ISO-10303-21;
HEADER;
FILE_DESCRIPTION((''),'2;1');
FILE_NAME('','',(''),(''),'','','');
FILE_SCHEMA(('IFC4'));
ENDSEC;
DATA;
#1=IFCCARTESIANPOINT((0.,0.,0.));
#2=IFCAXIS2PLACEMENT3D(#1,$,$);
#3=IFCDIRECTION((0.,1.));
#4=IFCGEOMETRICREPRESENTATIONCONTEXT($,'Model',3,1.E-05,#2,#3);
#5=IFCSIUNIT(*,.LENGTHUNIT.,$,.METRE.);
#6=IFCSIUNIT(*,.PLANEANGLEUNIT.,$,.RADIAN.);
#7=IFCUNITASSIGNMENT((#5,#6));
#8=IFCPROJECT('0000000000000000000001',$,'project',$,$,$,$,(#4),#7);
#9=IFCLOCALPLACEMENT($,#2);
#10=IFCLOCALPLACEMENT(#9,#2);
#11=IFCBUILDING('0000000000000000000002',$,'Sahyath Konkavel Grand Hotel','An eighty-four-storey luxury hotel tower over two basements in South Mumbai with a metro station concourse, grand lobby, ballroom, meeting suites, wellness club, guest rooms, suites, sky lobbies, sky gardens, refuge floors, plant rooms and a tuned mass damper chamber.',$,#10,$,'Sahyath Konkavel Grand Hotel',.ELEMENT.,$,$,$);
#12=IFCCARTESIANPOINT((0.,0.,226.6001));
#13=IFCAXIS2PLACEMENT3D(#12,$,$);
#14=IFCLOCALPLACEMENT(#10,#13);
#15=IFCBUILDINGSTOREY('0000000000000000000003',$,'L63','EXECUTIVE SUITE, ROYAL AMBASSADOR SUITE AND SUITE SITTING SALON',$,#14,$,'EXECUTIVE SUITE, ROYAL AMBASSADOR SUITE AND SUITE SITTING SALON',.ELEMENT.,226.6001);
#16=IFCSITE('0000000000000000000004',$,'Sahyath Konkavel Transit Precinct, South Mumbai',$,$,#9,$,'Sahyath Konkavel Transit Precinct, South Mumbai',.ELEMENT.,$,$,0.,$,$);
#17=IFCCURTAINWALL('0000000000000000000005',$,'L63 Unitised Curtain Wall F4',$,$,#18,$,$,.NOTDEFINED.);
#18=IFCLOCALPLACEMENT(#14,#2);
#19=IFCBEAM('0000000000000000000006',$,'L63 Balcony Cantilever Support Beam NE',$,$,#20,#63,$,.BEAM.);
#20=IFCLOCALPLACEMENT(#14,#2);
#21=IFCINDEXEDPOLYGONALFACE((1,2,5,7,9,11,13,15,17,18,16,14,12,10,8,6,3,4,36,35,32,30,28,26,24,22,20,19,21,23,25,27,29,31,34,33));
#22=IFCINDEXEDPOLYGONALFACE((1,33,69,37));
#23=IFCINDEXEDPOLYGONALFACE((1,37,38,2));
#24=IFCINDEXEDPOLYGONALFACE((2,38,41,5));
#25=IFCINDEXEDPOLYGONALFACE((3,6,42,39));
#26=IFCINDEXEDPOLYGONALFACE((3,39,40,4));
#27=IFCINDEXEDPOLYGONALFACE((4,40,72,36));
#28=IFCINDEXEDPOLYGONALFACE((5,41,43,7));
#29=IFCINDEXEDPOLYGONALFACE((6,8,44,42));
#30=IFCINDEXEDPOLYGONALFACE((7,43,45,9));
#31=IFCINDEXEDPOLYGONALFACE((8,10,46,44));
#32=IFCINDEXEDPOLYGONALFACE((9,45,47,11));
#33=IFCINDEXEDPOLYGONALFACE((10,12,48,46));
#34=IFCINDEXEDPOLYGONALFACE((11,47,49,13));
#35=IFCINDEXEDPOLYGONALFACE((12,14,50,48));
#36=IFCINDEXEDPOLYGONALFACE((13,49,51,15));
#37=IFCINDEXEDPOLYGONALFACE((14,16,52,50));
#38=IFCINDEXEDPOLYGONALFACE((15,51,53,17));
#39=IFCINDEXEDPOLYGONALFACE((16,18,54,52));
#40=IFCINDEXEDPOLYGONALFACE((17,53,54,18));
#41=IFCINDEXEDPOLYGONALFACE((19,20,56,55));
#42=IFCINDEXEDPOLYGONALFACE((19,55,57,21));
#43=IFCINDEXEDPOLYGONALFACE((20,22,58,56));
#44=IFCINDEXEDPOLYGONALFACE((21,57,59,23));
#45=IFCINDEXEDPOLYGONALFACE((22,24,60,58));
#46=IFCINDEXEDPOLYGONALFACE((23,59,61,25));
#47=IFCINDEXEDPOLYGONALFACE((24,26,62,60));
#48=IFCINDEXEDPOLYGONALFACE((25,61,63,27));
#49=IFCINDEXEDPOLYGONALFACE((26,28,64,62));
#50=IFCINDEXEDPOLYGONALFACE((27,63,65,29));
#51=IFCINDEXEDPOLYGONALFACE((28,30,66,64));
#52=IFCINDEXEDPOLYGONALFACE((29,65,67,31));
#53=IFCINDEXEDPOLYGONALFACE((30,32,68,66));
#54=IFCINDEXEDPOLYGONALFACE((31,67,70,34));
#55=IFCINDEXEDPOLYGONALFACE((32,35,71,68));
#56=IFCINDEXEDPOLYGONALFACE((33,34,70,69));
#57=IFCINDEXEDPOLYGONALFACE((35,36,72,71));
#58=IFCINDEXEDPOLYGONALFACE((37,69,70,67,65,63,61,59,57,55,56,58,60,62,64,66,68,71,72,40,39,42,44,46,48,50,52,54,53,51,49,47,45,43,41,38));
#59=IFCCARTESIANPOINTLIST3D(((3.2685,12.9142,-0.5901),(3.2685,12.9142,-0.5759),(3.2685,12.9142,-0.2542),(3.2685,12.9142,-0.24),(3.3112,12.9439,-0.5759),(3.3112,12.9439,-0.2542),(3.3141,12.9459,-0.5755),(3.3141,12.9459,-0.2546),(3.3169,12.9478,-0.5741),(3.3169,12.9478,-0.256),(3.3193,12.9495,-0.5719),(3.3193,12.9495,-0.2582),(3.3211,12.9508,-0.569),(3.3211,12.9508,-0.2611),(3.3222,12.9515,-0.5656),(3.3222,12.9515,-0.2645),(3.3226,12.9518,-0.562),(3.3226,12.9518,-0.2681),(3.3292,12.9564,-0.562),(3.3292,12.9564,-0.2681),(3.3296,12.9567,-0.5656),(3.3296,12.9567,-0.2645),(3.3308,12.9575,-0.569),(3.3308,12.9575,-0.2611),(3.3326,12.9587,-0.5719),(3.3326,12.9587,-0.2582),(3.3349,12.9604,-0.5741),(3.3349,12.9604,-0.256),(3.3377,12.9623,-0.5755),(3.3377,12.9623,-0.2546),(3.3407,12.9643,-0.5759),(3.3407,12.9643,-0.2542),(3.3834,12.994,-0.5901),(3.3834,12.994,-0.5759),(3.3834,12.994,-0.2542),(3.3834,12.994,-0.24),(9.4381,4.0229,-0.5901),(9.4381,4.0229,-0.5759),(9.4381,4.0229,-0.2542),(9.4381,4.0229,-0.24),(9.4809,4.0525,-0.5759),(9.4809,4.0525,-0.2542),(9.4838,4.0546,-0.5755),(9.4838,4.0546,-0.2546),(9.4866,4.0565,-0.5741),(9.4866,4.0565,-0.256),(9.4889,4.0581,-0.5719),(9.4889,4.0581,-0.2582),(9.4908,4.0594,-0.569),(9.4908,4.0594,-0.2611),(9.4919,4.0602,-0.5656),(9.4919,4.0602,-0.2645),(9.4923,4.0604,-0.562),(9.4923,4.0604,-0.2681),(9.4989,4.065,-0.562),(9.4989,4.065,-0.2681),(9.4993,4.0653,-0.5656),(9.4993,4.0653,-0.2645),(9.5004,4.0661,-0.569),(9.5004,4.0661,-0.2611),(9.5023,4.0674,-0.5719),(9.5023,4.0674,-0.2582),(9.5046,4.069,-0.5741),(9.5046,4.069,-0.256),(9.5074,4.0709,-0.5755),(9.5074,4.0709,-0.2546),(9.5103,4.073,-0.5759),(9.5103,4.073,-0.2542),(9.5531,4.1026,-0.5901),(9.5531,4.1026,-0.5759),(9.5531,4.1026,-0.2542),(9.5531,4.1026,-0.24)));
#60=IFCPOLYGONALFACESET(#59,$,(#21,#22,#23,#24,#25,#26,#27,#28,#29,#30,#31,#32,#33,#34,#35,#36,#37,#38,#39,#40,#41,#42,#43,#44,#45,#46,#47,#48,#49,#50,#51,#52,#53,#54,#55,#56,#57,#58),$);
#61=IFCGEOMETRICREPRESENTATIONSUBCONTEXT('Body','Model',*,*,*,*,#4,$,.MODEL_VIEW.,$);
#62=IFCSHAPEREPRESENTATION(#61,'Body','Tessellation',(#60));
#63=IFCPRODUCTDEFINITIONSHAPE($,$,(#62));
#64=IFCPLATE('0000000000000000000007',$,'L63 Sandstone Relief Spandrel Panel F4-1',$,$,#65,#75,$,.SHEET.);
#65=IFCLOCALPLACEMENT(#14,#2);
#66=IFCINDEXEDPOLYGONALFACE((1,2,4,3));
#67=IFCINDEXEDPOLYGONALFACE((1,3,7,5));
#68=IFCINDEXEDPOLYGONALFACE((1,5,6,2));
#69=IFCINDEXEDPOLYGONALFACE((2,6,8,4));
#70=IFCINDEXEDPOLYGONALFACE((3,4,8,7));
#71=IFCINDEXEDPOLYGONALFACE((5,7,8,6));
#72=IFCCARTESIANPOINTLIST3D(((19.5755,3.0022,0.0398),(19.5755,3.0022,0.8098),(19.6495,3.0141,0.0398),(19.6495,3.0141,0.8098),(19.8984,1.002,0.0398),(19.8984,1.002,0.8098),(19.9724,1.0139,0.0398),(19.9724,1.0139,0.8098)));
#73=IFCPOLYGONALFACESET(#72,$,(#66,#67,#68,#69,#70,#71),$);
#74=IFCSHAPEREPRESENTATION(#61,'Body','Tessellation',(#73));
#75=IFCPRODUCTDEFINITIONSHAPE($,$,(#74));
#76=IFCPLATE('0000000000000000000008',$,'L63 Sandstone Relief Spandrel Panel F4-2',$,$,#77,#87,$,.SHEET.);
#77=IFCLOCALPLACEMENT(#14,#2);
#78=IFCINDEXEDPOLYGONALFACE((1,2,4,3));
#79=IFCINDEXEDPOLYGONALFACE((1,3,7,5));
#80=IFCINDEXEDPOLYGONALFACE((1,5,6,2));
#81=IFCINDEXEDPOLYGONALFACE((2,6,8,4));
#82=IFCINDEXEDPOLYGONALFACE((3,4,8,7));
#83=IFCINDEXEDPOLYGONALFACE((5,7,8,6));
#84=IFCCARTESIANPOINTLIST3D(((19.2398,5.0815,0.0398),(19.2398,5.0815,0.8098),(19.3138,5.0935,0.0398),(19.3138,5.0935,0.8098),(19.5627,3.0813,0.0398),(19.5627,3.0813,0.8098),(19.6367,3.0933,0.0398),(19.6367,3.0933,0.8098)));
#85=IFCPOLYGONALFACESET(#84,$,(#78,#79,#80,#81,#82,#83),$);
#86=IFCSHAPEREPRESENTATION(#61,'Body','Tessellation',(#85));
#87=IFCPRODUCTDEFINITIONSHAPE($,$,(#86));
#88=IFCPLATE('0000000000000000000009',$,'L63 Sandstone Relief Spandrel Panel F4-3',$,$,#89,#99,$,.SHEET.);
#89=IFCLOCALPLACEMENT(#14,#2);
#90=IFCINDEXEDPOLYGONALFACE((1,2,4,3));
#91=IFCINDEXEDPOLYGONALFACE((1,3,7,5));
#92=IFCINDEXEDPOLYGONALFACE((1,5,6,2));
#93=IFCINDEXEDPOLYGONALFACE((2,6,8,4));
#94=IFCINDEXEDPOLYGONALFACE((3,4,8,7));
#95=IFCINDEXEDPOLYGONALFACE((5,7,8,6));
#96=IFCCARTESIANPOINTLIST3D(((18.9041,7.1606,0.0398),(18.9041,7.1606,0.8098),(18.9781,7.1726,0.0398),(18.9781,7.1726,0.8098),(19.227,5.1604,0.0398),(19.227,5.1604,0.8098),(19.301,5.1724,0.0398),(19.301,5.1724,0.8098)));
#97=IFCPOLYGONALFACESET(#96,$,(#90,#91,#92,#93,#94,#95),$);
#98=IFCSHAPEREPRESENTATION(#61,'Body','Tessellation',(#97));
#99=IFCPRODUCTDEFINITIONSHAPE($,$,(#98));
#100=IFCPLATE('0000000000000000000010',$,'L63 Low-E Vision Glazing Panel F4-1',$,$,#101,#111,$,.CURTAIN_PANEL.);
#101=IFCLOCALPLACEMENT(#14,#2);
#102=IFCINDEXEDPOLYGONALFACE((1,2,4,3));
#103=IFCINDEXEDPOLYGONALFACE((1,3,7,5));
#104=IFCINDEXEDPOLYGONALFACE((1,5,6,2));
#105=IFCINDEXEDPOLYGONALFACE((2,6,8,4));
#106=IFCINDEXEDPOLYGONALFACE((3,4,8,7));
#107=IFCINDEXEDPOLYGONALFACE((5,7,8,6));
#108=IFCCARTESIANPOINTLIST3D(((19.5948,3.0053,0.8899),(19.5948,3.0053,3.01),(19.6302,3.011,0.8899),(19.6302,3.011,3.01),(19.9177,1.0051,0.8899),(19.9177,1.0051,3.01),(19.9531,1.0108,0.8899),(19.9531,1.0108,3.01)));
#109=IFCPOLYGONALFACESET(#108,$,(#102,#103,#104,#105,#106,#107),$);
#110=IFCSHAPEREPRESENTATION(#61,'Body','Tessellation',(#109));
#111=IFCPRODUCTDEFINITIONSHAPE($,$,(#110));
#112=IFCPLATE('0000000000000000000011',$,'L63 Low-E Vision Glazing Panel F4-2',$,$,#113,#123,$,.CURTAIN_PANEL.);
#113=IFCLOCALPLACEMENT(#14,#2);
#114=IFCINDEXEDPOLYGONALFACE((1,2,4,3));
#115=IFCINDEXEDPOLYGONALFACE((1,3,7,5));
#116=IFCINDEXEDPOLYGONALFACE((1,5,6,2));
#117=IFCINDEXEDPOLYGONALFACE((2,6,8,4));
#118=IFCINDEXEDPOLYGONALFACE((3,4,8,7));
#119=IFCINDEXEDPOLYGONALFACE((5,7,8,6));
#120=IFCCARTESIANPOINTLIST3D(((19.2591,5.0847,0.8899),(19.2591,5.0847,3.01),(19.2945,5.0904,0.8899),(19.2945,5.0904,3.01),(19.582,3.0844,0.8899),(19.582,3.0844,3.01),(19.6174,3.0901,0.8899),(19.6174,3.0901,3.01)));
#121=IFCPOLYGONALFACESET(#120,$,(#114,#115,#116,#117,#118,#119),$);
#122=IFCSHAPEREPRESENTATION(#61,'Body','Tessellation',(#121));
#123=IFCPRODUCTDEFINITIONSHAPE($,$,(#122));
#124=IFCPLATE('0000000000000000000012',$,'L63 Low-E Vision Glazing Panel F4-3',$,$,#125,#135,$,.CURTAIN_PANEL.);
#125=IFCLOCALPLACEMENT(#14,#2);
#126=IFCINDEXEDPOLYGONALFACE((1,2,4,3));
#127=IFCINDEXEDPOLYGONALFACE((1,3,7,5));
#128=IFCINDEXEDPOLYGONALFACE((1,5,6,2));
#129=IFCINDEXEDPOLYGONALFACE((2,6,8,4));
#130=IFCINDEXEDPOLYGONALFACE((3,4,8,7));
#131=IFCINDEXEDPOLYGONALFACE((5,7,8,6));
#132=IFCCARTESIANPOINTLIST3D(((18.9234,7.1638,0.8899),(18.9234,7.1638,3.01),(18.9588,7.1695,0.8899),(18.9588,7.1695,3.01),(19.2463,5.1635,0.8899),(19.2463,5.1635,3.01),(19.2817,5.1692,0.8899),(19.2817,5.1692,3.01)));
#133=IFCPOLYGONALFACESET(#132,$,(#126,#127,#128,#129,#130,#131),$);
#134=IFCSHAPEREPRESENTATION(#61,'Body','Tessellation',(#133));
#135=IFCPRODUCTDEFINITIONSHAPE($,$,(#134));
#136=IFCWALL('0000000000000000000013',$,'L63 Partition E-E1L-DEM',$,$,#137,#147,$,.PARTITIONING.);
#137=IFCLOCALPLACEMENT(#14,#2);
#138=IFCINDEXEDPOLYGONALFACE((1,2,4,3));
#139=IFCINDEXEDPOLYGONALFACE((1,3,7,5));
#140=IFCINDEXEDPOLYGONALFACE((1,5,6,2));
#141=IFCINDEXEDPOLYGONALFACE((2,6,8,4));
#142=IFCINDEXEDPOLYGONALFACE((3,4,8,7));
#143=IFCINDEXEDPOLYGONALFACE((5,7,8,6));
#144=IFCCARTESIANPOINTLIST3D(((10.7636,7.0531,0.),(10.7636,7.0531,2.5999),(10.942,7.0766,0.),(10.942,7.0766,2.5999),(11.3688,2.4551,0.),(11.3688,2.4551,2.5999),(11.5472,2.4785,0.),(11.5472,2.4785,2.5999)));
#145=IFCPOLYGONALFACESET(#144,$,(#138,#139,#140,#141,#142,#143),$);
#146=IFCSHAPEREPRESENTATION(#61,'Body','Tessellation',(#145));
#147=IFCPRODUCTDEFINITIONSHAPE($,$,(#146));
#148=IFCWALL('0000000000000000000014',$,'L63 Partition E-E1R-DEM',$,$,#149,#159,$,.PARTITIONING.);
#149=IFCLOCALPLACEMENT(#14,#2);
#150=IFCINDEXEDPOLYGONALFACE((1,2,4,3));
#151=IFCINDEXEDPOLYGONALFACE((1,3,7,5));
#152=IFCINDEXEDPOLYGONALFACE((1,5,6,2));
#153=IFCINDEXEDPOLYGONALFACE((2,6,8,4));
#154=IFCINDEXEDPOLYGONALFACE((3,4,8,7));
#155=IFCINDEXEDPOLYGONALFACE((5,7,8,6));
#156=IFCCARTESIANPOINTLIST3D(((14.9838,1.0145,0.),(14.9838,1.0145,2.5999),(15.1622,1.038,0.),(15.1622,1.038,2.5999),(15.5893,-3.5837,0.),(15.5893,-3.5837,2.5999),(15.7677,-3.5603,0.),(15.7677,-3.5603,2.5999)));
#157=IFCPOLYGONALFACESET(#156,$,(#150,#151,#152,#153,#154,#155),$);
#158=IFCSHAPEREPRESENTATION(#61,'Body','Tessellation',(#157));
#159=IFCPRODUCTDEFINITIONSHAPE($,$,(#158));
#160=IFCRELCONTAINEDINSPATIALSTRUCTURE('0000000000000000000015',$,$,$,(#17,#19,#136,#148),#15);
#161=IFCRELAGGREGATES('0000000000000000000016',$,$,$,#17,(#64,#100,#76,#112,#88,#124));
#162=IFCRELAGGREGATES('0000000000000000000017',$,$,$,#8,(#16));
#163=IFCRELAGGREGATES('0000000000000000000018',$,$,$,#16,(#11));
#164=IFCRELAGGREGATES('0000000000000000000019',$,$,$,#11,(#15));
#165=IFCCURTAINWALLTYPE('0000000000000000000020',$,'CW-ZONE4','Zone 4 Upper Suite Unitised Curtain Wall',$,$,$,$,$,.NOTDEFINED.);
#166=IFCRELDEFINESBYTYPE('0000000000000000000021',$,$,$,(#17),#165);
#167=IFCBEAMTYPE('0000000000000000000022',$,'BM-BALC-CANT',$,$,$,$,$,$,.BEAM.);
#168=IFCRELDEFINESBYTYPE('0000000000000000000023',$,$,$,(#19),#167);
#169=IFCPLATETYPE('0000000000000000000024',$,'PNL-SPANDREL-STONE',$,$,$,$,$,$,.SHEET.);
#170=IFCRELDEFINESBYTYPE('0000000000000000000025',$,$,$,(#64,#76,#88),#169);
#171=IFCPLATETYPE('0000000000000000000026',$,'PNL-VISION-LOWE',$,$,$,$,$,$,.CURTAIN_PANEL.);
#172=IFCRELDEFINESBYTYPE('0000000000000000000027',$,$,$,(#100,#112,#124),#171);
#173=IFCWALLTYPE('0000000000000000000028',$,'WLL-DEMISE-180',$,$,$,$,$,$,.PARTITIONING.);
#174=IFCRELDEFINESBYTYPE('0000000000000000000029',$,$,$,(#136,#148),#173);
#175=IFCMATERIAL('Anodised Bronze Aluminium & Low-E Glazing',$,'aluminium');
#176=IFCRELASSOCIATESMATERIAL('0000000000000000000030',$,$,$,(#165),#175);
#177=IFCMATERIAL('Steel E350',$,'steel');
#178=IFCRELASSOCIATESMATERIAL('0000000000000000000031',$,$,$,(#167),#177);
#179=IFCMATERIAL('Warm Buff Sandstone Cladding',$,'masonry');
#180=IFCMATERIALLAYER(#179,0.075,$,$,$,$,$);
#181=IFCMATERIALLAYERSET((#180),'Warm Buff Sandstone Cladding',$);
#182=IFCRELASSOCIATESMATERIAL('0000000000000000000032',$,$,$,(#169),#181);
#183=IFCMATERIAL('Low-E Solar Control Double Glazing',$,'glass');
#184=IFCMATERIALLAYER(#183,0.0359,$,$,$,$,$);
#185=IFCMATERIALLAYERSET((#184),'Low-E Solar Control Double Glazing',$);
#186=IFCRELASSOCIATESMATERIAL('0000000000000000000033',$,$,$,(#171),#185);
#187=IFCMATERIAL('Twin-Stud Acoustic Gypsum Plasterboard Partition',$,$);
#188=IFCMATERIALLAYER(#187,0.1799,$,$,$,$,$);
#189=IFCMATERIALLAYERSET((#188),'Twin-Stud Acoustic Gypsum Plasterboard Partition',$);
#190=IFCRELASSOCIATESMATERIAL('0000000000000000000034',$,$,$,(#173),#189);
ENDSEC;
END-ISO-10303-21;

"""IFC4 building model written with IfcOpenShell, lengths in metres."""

from ifc_helpers import new_model, si_unit, direction, frame, frame_2d, origin, origin_2d, place, context, subcontext, project, spatial, rectangle, i_section, extrude, source, transform, mapped, material, layer, layer_set, material_profile, profile_set, type_object, element, aggregate, save


model = new_model("IFC4")

# Units and contexts
model_context = context("Model", 3, precision=1e-05, world=origin(), true_north=direction((0.0, 1.0)))
body_context = subcontext(model_context, "Body", "Model", "MODEL_VIEW")
ifc_project = project(units=[si_unit("LENGTHUNIT", "METRE"), si_unit("PLANEANGLEUNIT", "RADIAN")], contexts=[model_context])

# Site, building, storey
site_placement = place(None, origin())
site = spatial("IfcSite", under=ifc_project, at=site_placement, Name="Sahyath Konkavel Transit Precinct, South Mumbai", LongName="Sahyath Konkavel Transit Precinct, South Mumbai", CompositionType="ELEMENT", RefElevation=0.0)
building_placement = place(site_placement, origin())
building = spatial("IfcBuilding", under=site, at=building_placement, Name="Sahyath Konkavel Grand Hotel", Description="An eighty-four-storey luxury hotel tower over two basements in South Mumbai with a metro station concourse, grand lobby, ballroom, meeting suites, wellness club, guest rooms, suites, sky lobbies, sky gardens, refuge floors, plant rooms and a tuned mass damper chamber.", LongName="Sahyath Konkavel Grand Hotel", CompositionType="ELEMENT")
storey_placement = place(building_placement, frame((0.0, 0.0, 226.6001)))
storey = spatial("IfcBuildingStorey", under=building, at=storey_placement, Name="L63", Description="EXECUTIVE SUITE, ROYAL AMBASSADOR SUITE AND SUITE SITTING SALON", LongName="EXECUTIVE SUITE, ROYAL AMBASSADOR SUITE AND SUITE SITTING SALON", CompositionType="ELEMENT", Elevation=226.6001)

# Curtain wall
ifc_material_1 = material(Name="Anodised Bronze Aluminium & Low-E Glazing", Category="aluminium")
curtain_wall_type = type_object("IfcCurtainWallType", Name="CW-ZONE4", Description="Zone 4 Upper Suite Unitised Curtain Wall", PredefinedType="NOTDEFINED", material=ifc_material_1)
curtain_wall_1_placement = place(storey_placement, origin())
curtain_wall_1 = element("IfcCurtainWall", 1, at=curtain_wall_1_placement, inside=storey, type_object=curtain_wall_type, Name="L63 Unitised Curtain Wall F4", PredefinedType="NOTDEFINED")

# Beam
ifc_material_2 = material(Name="Steel E350", Category="steel")
ifc_material_profile_1 = material_profile(ifc_material_2, i_section(OverallWidth=0.1399, OverallDepth=0.3501, WebThickness=0.0081, FlangeThickness=0.0142, FilletRadius=0.0139, at=origin_2d()), Name="ISMB 350")
ifc_profile_set_1 = profile_set([ifc_material_profile_1], Name="Steel E350")
beam_type = type_object("IfcBeamType", Name="BM-BALC-CANT", PredefinedType="BEAM", material=ifc_profile_set_1)
shared_shape_1 = source(origin(), body_context, "Body", "SweptSolid", [
    extrude(i_section(OverallWidth=0.1399, OverallDepth=0.3501, WebThickness=0.0081, FlangeThickness=0.0142, FilletRadius=0.0139, at=origin_2d()), origin(), (0.0, 0.0, 1.0), 10.8223),
])
beam_placement = place(storey_placement, frame((9.4956, 4.0627, -0.415), z_axis=(-0.570092, 0.821581, 0.0), x_axis=(-0.821581, -0.570092, 0.0)))
element("IfcBeam", 2, at=beam_placement, inside=storey, type_object=beam_type, Name="L63 Balcony Cantilever Support Beam NE", PredefinedType="BEAM", context=body_context, shape_type="MappedRepresentation", body=[
    mapped(shared_shape_1, transform((0.0, 0.0, 0.0), scale=1.0)),
])

# Plates
ifc_material_3 = material(Name="Warm Buff Sandstone Cladding", Category="masonry")
ifc_layer_1 = layer(ifc_material_3, 0.075)
ifc_layer_set_1 = layer_set([ifc_layer_1], Name="Warm Buff Sandstone Cladding")
plate_type_1 = type_object("IfcPlateType", Name="PNL-SPANDREL-STONE", PredefinedType="SHEET", material=ifc_layer_set_1)
shared_shape_2 = source(origin(), body_context, "Body", "SweptSolid", [
    extrude(rectangle(XDim=2.0261, YDim=0.075, at=origin_2d()), origin(), (0.0, 0.0, 1.0), 0.77),
])
plate_1_placement = place(storey_placement, frame((19.7739, 2.0081, 0.0398), z_axis=(0.0, 0.0, 1.0), x_axis=(-0.159364, 0.98722, 0.0)))
plate_1 = element("IfcPlate", 3, at=plate_1_placement, type_object=plate_type_1, Name="L63 Sandstone Relief Spandrel Panel F4-1", PredefinedType="SHEET", context=body_context, shape_type="MappedRepresentation", body=[
    mapped(shared_shape_2, transform((0.0, 0.0, 0.0), scale=1.0)),
])
plate_2_placement = place(storey_placement, frame((19.4382, 4.0874, 0.0398), z_axis=(0.0, 0.0, 1.0), x_axis=(-0.159364, 0.98722, 0.0)))
plate_2 = element("IfcPlate", 4, at=plate_2_placement, type_object=plate_type_1, Name="L63 Sandstone Relief Spandrel Panel F4-2", PredefinedType="SHEET", context=body_context, shape_type="MappedRepresentation", body=[
    mapped(shared_shape_2, transform((0.0, 0.0, 0.0), scale=1.0)),
])
plate_3_placement = place(storey_placement, frame((19.1025, 6.1665, 0.0398), z_axis=(0.0, 0.0, 1.0), x_axis=(-0.159364, 0.98722, 0.0)))
plate_3 = element("IfcPlate", 5, at=plate_3_placement, type_object=plate_type_1, Name="L63 Sandstone Relief Spandrel Panel F4-3", PredefinedType="SHEET", context=body_context, shape_type="MappedRepresentation", body=[
    mapped(shared_shape_2, transform((0.0, 0.0, 0.0), scale=1.0)),
])
ifc_material_4 = material(Name="Low-E Solar Control Double Glazing", Category="glass")
ifc_layer_2 = layer(ifc_material_4, 0.0359)
ifc_layer_set_2 = layer_set([ifc_layer_2], Name="Low-E Solar Control Double Glazing")
plate_type_2 = type_object("IfcPlateType", Name="PNL-VISION-LOWE", PredefinedType="CURTAIN_PANEL", material=ifc_layer_set_2)
shared_shape_3 = source(origin(), body_context, "Body", "SweptSolid", [
    extrude(rectangle(XDim=2.0261, YDim=0.0359, at=origin_2d()), origin(), (0.0, 0.0, 1.0), 2.1201),
])
plate_4_placement = place(storey_placement, frame((19.7739, 2.0081, 0.8899), z_axis=(0.0, 0.0, 1.0), x_axis=(-0.159364, 0.98722, 0.0)))
plate_4 = element("IfcPlate", 6, at=plate_4_placement, type_object=plate_type_2, Name="L63 Low-E Vision Glazing Panel F4-1", PredefinedType="CURTAIN_PANEL", context=body_context, shape_type="MappedRepresentation", body=[
    mapped(shared_shape_3, transform((0.0, 0.0, 0.0), scale=1.0)),
])
plate_5_placement = place(storey_placement, frame((19.4382, 4.0874, 0.8899), z_axis=(0.0, 0.0, 1.0), x_axis=(-0.159364, 0.98722, 0.0)))
plate_5 = element("IfcPlate", 7, at=plate_5_placement, type_object=plate_type_2, Name="L63 Low-E Vision Glazing Panel F4-2", PredefinedType="CURTAIN_PANEL", context=body_context, shape_type="MappedRepresentation", body=[
    mapped(shared_shape_3, transform((0.0, 0.0, 0.0), scale=1.0)),
])
plate_6_placement = place(storey_placement, frame((19.1025, 6.1665, 0.8899), z_axis=(0.0, 0.0, 1.0), x_axis=(-0.159364, 0.98722, 0.0)))
plate_6 = element("IfcPlate", 8, at=plate_6_placement, type_object=plate_type_2, Name="L63 Low-E Vision Glazing Panel F4-3", PredefinedType="CURTAIN_PANEL", context=body_context, shape_type="MappedRepresentation", body=[
    mapped(shared_shape_3, transform((0.0, 0.0, 0.0), scale=1.0)),
])
aggregate(curtain_wall_1, [plate_1, plate_4, plate_2, plate_5, plate_3, plate_6])

# Walls
ifc_material_5 = material(Name="Twin-Stud Acoustic Gypsum Plasterboard Partition")
ifc_layer_3 = layer(ifc_material_5, 0.1799)
ifc_layer_set_3 = layer_set([ifc_layer_3], Name="Twin-Stud Acoustic Gypsum Plasterboard Partition")
wall_type_1 = type_object("IfcWallType", Name="WLL-DEMISE-180", PredefinedType="PARTITIONING", material=ifc_layer_set_3)
wall_1_placement = place(storey_placement, frame((11.458, 2.4668, 0.0), z_axis=(0.0, 0.0, 1.0), x_axis=(-0.130498, 0.991449, 0.0)))
element("IfcWall", 9, at=wall_1_placement, inside=storey, type_object=wall_type_1, Name="L63 Partition E-E1L-DEM", PredefinedType="PARTITIONING", context=body_context, shape_type="SweptSolid", body=[
    extrude(rectangle(XDim=4.6377, YDim=0.1799, at=frame_2d((2.3188, 0.0))), origin(), (0.0, 0.0, 1.0), 2.5999),
])
wall_2_placement = place(storey_placement, frame((15.073, 1.0261, 0.0), z_axis=(0.0, 0.0, 1.0), x_axis=(0.13055, -0.991442, 0.0)))
element("IfcWall", 10, at=wall_2_placement, inside=storey, type_object=wall_type_1, Name="L63 Partition E-E1R-DEM", PredefinedType="PARTITIONING", context=body_context, shape_type="SweptSolid", body=[
    extrude(rectangle(XDim=4.6379, YDim=0.1799, at=frame_2d((2.3188, 0.0))), origin(), (0.0, 0.0, 1.0), 2.5999),
])

save(model, "model.ifc")
